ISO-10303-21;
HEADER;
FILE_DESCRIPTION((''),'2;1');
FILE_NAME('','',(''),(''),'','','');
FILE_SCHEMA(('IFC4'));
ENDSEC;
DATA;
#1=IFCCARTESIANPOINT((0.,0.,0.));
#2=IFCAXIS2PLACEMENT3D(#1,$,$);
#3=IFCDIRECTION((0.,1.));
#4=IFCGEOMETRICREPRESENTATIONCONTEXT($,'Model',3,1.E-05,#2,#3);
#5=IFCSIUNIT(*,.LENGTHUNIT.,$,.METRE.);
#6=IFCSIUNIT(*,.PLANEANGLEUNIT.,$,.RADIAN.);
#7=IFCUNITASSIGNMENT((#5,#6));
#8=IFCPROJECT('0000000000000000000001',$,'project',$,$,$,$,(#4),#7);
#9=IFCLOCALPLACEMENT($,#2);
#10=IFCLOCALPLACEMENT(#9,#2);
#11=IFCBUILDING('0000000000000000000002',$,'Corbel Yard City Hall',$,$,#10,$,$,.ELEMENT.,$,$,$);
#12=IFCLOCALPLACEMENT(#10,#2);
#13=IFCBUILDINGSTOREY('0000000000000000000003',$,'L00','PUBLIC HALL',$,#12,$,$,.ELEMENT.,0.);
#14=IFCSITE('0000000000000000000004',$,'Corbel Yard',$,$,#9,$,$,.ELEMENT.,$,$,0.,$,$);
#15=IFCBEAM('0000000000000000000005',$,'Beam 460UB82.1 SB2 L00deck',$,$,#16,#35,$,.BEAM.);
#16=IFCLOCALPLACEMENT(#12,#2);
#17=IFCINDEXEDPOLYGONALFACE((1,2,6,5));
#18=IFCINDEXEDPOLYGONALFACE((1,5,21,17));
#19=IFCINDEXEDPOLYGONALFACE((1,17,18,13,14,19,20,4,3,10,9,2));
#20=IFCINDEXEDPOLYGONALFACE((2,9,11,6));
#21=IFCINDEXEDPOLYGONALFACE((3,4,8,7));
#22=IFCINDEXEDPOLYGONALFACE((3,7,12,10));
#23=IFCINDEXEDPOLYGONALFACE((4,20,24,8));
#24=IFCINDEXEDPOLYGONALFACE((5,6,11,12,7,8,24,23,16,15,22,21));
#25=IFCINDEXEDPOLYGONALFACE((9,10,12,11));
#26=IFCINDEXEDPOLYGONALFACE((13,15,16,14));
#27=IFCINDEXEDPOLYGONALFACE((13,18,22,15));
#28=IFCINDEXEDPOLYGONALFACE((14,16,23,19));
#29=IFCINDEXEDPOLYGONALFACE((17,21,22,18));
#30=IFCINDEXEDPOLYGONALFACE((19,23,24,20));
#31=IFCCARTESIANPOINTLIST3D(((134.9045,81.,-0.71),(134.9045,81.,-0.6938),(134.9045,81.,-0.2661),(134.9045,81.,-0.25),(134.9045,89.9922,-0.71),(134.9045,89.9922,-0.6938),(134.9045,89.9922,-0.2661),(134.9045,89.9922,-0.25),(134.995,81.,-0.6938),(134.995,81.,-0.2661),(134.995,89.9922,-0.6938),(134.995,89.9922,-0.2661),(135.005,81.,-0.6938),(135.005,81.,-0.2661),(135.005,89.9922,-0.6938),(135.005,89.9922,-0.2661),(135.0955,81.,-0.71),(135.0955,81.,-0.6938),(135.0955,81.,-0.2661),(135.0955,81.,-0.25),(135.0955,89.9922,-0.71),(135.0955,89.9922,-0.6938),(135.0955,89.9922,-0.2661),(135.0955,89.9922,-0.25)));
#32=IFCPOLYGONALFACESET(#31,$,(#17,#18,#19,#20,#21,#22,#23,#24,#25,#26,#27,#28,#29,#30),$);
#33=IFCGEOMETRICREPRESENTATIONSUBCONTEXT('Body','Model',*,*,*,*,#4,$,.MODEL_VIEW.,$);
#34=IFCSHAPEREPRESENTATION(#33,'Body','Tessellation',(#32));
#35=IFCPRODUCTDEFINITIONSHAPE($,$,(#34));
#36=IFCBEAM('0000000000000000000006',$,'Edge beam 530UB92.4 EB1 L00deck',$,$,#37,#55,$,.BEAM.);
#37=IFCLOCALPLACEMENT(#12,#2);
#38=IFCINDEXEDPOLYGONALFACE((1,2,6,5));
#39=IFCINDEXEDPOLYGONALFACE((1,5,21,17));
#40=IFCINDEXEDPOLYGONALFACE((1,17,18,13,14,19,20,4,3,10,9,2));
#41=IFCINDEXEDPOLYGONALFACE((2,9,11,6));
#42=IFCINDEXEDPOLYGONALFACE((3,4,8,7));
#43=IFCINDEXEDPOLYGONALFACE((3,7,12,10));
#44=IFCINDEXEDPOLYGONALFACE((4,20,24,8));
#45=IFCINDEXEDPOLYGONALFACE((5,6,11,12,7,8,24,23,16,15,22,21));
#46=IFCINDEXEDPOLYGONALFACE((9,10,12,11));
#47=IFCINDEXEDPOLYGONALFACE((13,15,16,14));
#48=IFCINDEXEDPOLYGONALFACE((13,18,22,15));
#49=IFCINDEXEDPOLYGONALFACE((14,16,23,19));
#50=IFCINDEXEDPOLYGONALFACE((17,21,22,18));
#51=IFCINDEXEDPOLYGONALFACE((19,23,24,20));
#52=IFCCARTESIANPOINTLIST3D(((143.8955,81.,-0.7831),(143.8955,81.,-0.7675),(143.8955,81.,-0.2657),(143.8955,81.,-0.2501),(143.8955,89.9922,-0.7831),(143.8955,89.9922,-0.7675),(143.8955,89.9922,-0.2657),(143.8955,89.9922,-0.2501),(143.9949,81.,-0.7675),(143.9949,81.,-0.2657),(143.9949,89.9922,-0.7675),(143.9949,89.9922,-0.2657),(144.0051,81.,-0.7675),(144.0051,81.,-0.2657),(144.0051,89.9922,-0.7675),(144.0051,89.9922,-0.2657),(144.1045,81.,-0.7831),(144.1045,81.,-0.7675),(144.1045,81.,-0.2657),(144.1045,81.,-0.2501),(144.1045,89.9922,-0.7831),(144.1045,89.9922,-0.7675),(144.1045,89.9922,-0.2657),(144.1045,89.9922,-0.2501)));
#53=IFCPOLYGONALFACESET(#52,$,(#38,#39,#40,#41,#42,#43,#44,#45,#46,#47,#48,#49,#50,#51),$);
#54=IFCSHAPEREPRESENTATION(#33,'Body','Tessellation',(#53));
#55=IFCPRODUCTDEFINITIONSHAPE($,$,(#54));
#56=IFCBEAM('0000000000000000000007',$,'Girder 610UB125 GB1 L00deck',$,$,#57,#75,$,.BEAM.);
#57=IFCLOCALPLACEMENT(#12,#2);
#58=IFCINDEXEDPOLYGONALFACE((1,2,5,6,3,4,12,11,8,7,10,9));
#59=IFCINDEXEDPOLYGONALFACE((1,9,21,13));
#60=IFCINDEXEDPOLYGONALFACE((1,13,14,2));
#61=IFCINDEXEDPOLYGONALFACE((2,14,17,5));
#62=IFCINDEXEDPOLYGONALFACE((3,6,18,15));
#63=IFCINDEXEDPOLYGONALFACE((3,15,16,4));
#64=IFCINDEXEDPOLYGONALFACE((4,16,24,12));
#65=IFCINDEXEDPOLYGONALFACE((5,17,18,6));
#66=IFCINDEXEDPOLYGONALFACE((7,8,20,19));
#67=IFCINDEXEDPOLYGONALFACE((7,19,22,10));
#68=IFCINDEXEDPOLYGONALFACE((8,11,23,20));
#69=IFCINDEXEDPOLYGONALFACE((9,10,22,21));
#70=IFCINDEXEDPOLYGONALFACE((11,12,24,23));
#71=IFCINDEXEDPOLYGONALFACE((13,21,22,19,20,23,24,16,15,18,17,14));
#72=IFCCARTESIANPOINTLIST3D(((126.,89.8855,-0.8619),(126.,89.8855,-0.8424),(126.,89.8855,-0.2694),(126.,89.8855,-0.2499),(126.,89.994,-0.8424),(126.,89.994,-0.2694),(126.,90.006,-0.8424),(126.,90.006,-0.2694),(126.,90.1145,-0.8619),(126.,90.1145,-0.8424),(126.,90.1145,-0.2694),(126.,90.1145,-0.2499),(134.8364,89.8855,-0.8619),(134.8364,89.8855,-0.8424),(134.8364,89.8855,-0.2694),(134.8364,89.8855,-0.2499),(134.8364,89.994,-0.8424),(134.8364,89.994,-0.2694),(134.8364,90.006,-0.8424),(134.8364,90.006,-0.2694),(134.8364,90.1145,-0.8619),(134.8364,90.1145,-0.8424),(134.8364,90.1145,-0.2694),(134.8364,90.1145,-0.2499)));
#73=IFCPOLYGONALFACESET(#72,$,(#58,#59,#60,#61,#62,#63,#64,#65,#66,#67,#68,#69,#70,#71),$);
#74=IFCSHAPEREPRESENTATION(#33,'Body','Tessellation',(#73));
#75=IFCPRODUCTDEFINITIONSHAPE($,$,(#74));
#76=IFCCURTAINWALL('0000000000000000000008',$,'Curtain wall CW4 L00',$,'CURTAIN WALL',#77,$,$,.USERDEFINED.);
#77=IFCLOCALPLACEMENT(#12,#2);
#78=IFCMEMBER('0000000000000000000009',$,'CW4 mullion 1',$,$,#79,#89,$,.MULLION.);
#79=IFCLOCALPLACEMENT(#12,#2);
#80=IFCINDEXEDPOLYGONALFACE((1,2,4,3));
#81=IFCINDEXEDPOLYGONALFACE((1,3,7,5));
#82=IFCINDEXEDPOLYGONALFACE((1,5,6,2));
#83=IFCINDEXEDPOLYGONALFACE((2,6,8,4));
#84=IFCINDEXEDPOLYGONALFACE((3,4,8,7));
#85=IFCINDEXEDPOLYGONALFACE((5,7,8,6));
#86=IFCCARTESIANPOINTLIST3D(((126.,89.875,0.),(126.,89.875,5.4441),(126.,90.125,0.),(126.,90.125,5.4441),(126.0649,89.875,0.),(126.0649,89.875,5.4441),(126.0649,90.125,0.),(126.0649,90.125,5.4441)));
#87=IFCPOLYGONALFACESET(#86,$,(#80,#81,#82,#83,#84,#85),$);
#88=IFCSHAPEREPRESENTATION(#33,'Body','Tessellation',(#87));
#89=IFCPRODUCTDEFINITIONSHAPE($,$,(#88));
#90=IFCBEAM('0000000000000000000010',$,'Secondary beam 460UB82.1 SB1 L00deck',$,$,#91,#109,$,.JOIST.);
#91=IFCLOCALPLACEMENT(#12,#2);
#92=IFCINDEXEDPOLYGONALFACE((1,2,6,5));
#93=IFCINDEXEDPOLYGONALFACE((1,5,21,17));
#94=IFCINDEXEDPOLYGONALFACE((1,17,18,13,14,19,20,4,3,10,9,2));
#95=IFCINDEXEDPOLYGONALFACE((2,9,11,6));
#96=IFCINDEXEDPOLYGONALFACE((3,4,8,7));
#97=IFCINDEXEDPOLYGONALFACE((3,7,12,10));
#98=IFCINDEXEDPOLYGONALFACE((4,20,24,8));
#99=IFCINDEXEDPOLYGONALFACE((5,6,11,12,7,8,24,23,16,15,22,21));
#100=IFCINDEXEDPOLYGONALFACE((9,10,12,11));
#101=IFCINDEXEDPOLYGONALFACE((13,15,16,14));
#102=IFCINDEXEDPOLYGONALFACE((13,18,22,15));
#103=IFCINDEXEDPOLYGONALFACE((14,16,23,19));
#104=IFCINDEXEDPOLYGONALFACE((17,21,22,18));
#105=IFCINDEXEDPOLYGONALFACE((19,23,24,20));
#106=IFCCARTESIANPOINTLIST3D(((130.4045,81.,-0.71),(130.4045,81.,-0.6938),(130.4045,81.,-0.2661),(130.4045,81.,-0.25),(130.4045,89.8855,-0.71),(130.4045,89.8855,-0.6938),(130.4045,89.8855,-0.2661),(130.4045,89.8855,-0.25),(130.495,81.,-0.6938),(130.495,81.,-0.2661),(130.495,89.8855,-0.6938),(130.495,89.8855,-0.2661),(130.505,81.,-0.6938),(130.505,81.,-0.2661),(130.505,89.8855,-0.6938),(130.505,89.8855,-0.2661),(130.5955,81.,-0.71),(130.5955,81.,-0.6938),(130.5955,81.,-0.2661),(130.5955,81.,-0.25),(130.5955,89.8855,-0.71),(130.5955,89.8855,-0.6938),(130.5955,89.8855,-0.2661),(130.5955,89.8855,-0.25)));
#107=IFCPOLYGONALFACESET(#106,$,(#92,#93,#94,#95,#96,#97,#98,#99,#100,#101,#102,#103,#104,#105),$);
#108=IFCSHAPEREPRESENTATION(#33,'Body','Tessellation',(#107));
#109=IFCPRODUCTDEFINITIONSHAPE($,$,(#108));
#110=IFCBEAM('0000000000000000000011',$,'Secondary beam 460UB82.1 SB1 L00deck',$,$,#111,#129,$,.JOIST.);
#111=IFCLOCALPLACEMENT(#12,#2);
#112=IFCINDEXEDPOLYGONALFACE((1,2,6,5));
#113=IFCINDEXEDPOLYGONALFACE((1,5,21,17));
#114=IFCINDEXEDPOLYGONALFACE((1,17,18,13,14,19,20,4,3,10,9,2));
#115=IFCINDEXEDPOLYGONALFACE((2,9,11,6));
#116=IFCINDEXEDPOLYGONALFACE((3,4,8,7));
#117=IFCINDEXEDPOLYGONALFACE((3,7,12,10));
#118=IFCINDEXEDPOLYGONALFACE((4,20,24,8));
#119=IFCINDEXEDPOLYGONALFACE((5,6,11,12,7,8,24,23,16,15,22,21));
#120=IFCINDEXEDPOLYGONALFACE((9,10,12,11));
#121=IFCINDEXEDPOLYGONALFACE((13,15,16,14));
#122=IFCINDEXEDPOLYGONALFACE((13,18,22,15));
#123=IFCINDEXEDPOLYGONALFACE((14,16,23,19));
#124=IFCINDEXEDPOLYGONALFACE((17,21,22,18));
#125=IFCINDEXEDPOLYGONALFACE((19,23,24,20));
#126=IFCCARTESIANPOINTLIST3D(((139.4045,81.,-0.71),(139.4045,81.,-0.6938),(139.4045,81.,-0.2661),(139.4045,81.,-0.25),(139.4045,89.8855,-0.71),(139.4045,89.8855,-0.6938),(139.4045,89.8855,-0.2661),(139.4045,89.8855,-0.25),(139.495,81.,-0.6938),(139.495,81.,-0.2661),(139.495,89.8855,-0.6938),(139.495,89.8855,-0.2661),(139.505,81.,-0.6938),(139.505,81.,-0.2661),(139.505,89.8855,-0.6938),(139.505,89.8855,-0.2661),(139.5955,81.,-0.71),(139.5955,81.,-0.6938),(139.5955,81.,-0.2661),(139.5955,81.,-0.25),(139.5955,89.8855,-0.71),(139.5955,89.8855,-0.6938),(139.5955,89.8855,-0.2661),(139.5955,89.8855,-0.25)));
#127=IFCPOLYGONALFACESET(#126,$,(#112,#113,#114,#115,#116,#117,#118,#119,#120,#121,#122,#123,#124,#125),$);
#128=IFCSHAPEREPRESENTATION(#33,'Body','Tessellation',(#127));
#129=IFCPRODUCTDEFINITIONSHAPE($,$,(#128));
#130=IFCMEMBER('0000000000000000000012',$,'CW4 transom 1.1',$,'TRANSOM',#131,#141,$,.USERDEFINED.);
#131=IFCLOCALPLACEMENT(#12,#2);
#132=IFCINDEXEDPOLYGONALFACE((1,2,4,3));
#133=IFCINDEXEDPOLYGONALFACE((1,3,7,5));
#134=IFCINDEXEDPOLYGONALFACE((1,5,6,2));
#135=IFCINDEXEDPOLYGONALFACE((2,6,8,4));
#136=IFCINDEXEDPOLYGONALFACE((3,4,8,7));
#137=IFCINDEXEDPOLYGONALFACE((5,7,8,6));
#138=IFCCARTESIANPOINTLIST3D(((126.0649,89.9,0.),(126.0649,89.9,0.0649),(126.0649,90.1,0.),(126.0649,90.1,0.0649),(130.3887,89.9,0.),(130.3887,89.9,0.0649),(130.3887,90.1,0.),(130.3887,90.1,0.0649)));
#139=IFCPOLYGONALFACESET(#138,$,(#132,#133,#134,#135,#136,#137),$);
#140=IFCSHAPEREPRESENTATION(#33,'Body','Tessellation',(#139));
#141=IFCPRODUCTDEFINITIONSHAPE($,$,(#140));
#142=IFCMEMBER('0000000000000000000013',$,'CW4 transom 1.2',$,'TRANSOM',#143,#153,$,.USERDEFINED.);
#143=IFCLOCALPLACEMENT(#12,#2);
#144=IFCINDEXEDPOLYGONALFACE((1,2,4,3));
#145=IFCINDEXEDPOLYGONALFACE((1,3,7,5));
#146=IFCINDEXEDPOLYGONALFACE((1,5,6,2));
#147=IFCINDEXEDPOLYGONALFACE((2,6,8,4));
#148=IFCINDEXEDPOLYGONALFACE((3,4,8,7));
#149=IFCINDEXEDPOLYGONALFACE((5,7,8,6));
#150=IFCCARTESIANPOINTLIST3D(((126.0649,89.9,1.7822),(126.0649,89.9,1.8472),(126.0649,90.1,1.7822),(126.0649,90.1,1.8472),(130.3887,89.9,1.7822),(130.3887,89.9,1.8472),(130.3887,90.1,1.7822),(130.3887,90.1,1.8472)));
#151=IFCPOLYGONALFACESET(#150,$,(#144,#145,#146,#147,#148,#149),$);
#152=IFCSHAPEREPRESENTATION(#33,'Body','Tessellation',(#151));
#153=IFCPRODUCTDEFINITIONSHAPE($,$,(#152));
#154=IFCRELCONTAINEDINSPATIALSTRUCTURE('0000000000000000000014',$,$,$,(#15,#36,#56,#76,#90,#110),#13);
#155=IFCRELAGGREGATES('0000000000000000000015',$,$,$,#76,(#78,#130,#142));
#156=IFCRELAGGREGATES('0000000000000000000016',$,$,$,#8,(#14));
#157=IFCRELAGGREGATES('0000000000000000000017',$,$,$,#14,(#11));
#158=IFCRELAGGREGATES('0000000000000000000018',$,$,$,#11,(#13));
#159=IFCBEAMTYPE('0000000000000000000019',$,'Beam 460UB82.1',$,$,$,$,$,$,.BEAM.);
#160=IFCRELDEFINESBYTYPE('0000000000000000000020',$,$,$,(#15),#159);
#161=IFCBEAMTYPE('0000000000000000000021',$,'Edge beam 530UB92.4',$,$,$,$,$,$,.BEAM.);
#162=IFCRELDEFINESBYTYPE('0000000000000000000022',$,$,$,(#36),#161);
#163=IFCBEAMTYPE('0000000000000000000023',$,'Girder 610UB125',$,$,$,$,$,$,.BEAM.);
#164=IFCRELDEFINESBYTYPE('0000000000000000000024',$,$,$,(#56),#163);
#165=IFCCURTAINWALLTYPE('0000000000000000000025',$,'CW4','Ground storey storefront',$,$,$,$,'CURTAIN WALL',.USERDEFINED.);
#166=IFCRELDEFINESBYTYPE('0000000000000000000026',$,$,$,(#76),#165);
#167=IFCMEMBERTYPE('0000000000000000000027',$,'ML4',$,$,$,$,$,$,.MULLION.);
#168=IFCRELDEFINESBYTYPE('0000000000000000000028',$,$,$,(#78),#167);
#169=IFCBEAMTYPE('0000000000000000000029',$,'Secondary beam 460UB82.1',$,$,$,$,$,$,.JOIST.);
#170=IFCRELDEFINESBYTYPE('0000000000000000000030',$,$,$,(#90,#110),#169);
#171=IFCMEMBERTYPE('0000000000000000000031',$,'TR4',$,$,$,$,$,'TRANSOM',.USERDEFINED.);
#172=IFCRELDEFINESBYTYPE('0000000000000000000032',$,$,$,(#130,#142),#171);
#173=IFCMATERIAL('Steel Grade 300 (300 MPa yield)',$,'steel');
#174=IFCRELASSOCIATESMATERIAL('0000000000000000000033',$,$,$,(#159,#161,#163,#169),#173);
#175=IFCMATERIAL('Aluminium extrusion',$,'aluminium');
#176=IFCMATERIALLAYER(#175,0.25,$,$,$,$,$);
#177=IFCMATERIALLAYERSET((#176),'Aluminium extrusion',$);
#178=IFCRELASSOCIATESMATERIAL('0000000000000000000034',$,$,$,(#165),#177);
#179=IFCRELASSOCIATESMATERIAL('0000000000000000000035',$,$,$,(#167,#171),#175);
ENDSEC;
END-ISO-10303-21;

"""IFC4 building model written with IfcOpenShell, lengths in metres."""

from ifc_helpers import new_model, si_unit, direction, frame, origin, origin_2d, place, context, subcontext, project, spatial, rectangle, i_section, extrude, material, layer, layer_set, material_profile, profile_set, type_object, element, aggregate, save


model = new_model("IFC4")

# Units and contexts
model_context = context("Model", 3, precision=1e-05, world=origin(), true_north=direction((0.0, 1.0)))
body_context = subcontext(model_context, "Body", "Model", "MODEL_VIEW")
ifc_project = project(units=[si_unit("LENGTHUNIT", "METRE"), si_unit("PLANEANGLEUNIT", "RADIAN")], contexts=[model_context])

# Site, building, storey
site_placement = place(None, origin())
site = spatial("IfcSite", under=ifc_project, at=site_placement, Name="Corbel Yard", CompositionType="ELEMENT", RefElevation=0.0)
building_placement = place(site_placement, origin())
building = spatial("IfcBuilding", under=site, at=building_placement, Name="Corbel Yard City Hall", CompositionType="ELEMENT")
storey_placement = place(building_placement, origin())
storey = spatial("IfcBuildingStorey", under=building, at=storey_placement, Name="L00", Description="PUBLIC HALL", CompositionType="ELEMENT", Elevation=0.0)

# Beams
ifc_material_1 = material(Name="Steel Grade 300 (300 MPa yield)", Category="steel")
ifc_material_profile_1 = material_profile(ifc_material_1, i_section(OverallWidth=0.1909, OverallDepth=0.46, WebThickness=0.01, FlangeThickness=0.0161, at=origin_2d()), Name="460UB82.1")
ifc_profile_set_1 = profile_set([ifc_material_profile_1], Name="Steel Grade 300 (300 MPa yield)")
beam_type_1 = type_object("IfcBeamType", Name="Beam 460UB82.1", PredefinedType="BEAM", material=ifc_profile_set_1)
beam_1_placement = place(storey_placement, frame((135.0, 81.0, -0.48), z_axis=(0.0, 1.0, 0.0), x_axis=(-1.0, 0.0, 0.0)))
element("IfcBeam", 1, at=beam_1_placement, inside=storey, type_object=beam_type_1, Name="Beam 460UB82.1 SB2 L00deck", PredefinedType="BEAM", context=body_context, shape_type="SweptSolid", body=[
    extrude(i_section(OverallWidth=0.1909, OverallDepth=0.46, WebThickness=0.01, FlangeThickness=0.0161, at=origin_2d()), origin(), (0.0, 0.0, 1.0), 8.9922),
])
ifc_material_profile_2 = material_profile(ifc_material_1, i_section(OverallWidth=0.209, OverallDepth=0.533, WebThickness=0.0103, FlangeThickness=0.0156, at=origin_2d()), Name="530UB92.4")
ifc_profile_set_2 = profile_set([ifc_material_profile_2], Name="Steel Grade 300 (300 MPa yield)")
beam_type_2 = type_object("IfcBeamType", Name="Edge beam 530UB92.4", PredefinedType="BEAM", material=ifc_profile_set_2)
beam_2_placement = place(storey_placement, frame((144.0, 81.0, -0.5166), z_axis=(0.0, 1.0, 0.0), x_axis=(-1.0, 0.0, 0.0)))
element("IfcBeam", 2, at=beam_2_placement, inside=storey, type_object=beam_type_2, Name="Edge beam 530UB92.4 EB1 L00deck", PredefinedType="BEAM", context=body_context, shape_type="SweptSolid", body=[
    extrude(i_section(OverallWidth=0.209, OverallDepth=0.533, WebThickness=0.0103, FlangeThickness=0.0156, at=origin_2d()), origin(), (0.0, 0.0, 1.0), 8.9922),
])
ifc_material_profile_3 = material_profile(ifc_material_1, i_section(OverallWidth=0.229, OverallDepth=0.6121, WebThickness=0.012, FlangeThickness=0.0195, at=origin_2d()), Name="610UB125")
ifc_profile_set_3 = profile_set([ifc_material_profile_3], Name="Steel Grade 300 (300 MPa yield)")
beam_type_3 = type_object("IfcBeamType", Name="Girder 610UB125", PredefinedType="BEAM", material=ifc_profile_set_3)
beam_3_placement = place(storey_placement, frame((126.0, 90.0, -0.5559), z_axis=(1.0, 0.0, 0.0), x_axis=(0.0, 1.0, 0.0)))
element("IfcBeam", 3, at=beam_3_placement, inside=storey, type_object=beam_type_3, Name="Girder 610UB125 GB1 L00deck", PredefinedType="BEAM", context=body_context, shape_type="SweptSolid", body=[
    extrude(i_section(OverallWidth=0.229, OverallDepth=0.6121, WebThickness=0.012, FlangeThickness=0.0195, at=origin_2d()), origin(), (0.0, 0.0, 1.0), 8.8364),
])

# Curtain wall, member
ifc_material_2 = material(Name="Aluminium extrusion", Category="aluminium")
ifc_layer_1 = layer(ifc_material_2, 0.25)
ifc_layer_set_1 = layer_set([ifc_layer_1], Name="Aluminium extrusion")
curtain_wall_type = type_object("IfcCurtainWallType", Name="CW4", Description="Ground storey storefront", ElementType="CURTAIN WALL", PredefinedType="USERDEFINED", material=ifc_layer_set_1)
curtain_wall_placement = place(storey_placement, origin())
curtain_wall = element("IfcCurtainWall", 4, at=curtain_wall_placement, inside=storey, type_object=curtain_wall_type, Name="Curtain wall CW4 L00", ObjectType="CURTAIN WALL", PredefinedType="USERDEFINED")
ifc_material_profile_4 = material_profile(ifc_material_2, rectangle(XDim=0.25, YDim=0.0649, at=origin_2d()), Name="250x65")
ifc_profile_set_4 = profile_set([ifc_material_profile_4], Name="Aluminium extrusion")
member_type_1 = type_object("IfcMemberType", Name="ML4", PredefinedType="MULLION", material=ifc_profile_set_4)
member_1_placement = place(storey_placement, frame((126.0325, 90.0, 0.0), z_axis=(0.0, 0.0, 1.0), x_axis=(0.0, 1.0, 0.0)))
member_1 = element("IfcMember", 5, at=member_1_placement, type_object=member_type_1, Name="CW4 mullion 1", PredefinedType="MULLION", context=body_context, shape_type="SweptSolid", body=[
    extrude(rectangle(XDim=0.25, YDim=0.0649, at=origin_2d()), origin(), (0.0, 0.0, 1.0), 5.4441),
])

# Beams
ifc_material_profile_5 = material_profile(ifc_material_1, i_section(OverallWidth=0.1909, OverallDepth=0.46, WebThickness=0.01, FlangeThickness=0.0161, at=origin_2d()), Name="460UB82.1")
ifc_profile_set_5 = profile_set([ifc_material_profile_5], Name="Steel Grade 300 (300 MPa yield)")
beam_type_4 = type_object("IfcBeamType", Name="Secondary beam 460UB82.1", PredefinedType="JOIST", material=ifc_profile_set_5)
for number, where, z_axis, x_axis, name in (
    (6, (130.5, 81.0, -0.48), (0.0, 1.0, 0.0), (-1.0, 0.0, 0.0), "Secondary beam 460UB82.1 SB1 L00deck"),
    (7, (139.5, 81.0, -0.48), (0.0, 1.0, 0.0), (-1.0, 0.0, 0.0), "Secondary beam 460UB82.1 SB1 L00deck"),
):
    element("IfcBeam", number, at=place(storey_placement, frame(where, z_axis=z_axis, x_axis=x_axis)), inside=storey, type_object=beam_type_4, Name=name, PredefinedType="JOIST", context=body_context, shape_type="SweptSolid", body=[
        extrude(i_section(OverallWidth=0.1909, OverallDepth=0.46, WebThickness=0.01, FlangeThickness=0.0161, at=origin_2d()), origin(), (0.0, 0.0, 1.0), 8.8855),
    ])

# Members
ifc_material_profile_6 = material_profile(ifc_material_2, rectangle(XDim=0.2, YDim=0.0649, at=origin_2d()), Name="200x65")
ifc_profile_set_6 = profile_set([ifc_material_profile_6], Name="Aluminium extrusion")
member_type_2 = type_object("IfcMemberType", Name="TR4", ElementType="TRANSOM", PredefinedType="USERDEFINED", material=ifc_profile_set_6)
member_2_placement = place(storey_placement, frame((126.0649, 90.0, 0.0325), z_axis=(1.0, 0.0, 0.0), x_axis=(0.0, 1.0, 0.0)))
member_2 = element("IfcMember", 8, at=member_2_placement, type_object=member_type_2, Name="CW4 transom 1.1", ObjectType="TRANSOM", PredefinedType="USERDEFINED", context=body_context, shape_type="SweptSolid", body=[
    extrude(rectangle(XDim=0.2, YDim=0.0649, at=origin_2d()), origin(), (0.0, 0.0, 1.0), 4.3237),
])
member_3_placement = place(storey_placement, frame((126.0649, 90.0, 1.8147), z_axis=(1.0, 0.0, 0.0), x_axis=(0.0, 1.0, 0.0)))
member_3 = element("IfcMember", 9, at=member_3_placement, type_object=member_type_2, Name="CW4 transom 1.2", ObjectType="TRANSOM", PredefinedType="USERDEFINED", context=body_context, shape_type="SweptSolid", body=[
    extrude(rectangle(XDim=0.2, YDim=0.0649, at=origin_2d()), origin(), (0.0, 0.0, 1.0), 4.3237),
])
aggregate(curtain_wall, [member_1, member_2, member_3])

save(model, "model.ifc")
